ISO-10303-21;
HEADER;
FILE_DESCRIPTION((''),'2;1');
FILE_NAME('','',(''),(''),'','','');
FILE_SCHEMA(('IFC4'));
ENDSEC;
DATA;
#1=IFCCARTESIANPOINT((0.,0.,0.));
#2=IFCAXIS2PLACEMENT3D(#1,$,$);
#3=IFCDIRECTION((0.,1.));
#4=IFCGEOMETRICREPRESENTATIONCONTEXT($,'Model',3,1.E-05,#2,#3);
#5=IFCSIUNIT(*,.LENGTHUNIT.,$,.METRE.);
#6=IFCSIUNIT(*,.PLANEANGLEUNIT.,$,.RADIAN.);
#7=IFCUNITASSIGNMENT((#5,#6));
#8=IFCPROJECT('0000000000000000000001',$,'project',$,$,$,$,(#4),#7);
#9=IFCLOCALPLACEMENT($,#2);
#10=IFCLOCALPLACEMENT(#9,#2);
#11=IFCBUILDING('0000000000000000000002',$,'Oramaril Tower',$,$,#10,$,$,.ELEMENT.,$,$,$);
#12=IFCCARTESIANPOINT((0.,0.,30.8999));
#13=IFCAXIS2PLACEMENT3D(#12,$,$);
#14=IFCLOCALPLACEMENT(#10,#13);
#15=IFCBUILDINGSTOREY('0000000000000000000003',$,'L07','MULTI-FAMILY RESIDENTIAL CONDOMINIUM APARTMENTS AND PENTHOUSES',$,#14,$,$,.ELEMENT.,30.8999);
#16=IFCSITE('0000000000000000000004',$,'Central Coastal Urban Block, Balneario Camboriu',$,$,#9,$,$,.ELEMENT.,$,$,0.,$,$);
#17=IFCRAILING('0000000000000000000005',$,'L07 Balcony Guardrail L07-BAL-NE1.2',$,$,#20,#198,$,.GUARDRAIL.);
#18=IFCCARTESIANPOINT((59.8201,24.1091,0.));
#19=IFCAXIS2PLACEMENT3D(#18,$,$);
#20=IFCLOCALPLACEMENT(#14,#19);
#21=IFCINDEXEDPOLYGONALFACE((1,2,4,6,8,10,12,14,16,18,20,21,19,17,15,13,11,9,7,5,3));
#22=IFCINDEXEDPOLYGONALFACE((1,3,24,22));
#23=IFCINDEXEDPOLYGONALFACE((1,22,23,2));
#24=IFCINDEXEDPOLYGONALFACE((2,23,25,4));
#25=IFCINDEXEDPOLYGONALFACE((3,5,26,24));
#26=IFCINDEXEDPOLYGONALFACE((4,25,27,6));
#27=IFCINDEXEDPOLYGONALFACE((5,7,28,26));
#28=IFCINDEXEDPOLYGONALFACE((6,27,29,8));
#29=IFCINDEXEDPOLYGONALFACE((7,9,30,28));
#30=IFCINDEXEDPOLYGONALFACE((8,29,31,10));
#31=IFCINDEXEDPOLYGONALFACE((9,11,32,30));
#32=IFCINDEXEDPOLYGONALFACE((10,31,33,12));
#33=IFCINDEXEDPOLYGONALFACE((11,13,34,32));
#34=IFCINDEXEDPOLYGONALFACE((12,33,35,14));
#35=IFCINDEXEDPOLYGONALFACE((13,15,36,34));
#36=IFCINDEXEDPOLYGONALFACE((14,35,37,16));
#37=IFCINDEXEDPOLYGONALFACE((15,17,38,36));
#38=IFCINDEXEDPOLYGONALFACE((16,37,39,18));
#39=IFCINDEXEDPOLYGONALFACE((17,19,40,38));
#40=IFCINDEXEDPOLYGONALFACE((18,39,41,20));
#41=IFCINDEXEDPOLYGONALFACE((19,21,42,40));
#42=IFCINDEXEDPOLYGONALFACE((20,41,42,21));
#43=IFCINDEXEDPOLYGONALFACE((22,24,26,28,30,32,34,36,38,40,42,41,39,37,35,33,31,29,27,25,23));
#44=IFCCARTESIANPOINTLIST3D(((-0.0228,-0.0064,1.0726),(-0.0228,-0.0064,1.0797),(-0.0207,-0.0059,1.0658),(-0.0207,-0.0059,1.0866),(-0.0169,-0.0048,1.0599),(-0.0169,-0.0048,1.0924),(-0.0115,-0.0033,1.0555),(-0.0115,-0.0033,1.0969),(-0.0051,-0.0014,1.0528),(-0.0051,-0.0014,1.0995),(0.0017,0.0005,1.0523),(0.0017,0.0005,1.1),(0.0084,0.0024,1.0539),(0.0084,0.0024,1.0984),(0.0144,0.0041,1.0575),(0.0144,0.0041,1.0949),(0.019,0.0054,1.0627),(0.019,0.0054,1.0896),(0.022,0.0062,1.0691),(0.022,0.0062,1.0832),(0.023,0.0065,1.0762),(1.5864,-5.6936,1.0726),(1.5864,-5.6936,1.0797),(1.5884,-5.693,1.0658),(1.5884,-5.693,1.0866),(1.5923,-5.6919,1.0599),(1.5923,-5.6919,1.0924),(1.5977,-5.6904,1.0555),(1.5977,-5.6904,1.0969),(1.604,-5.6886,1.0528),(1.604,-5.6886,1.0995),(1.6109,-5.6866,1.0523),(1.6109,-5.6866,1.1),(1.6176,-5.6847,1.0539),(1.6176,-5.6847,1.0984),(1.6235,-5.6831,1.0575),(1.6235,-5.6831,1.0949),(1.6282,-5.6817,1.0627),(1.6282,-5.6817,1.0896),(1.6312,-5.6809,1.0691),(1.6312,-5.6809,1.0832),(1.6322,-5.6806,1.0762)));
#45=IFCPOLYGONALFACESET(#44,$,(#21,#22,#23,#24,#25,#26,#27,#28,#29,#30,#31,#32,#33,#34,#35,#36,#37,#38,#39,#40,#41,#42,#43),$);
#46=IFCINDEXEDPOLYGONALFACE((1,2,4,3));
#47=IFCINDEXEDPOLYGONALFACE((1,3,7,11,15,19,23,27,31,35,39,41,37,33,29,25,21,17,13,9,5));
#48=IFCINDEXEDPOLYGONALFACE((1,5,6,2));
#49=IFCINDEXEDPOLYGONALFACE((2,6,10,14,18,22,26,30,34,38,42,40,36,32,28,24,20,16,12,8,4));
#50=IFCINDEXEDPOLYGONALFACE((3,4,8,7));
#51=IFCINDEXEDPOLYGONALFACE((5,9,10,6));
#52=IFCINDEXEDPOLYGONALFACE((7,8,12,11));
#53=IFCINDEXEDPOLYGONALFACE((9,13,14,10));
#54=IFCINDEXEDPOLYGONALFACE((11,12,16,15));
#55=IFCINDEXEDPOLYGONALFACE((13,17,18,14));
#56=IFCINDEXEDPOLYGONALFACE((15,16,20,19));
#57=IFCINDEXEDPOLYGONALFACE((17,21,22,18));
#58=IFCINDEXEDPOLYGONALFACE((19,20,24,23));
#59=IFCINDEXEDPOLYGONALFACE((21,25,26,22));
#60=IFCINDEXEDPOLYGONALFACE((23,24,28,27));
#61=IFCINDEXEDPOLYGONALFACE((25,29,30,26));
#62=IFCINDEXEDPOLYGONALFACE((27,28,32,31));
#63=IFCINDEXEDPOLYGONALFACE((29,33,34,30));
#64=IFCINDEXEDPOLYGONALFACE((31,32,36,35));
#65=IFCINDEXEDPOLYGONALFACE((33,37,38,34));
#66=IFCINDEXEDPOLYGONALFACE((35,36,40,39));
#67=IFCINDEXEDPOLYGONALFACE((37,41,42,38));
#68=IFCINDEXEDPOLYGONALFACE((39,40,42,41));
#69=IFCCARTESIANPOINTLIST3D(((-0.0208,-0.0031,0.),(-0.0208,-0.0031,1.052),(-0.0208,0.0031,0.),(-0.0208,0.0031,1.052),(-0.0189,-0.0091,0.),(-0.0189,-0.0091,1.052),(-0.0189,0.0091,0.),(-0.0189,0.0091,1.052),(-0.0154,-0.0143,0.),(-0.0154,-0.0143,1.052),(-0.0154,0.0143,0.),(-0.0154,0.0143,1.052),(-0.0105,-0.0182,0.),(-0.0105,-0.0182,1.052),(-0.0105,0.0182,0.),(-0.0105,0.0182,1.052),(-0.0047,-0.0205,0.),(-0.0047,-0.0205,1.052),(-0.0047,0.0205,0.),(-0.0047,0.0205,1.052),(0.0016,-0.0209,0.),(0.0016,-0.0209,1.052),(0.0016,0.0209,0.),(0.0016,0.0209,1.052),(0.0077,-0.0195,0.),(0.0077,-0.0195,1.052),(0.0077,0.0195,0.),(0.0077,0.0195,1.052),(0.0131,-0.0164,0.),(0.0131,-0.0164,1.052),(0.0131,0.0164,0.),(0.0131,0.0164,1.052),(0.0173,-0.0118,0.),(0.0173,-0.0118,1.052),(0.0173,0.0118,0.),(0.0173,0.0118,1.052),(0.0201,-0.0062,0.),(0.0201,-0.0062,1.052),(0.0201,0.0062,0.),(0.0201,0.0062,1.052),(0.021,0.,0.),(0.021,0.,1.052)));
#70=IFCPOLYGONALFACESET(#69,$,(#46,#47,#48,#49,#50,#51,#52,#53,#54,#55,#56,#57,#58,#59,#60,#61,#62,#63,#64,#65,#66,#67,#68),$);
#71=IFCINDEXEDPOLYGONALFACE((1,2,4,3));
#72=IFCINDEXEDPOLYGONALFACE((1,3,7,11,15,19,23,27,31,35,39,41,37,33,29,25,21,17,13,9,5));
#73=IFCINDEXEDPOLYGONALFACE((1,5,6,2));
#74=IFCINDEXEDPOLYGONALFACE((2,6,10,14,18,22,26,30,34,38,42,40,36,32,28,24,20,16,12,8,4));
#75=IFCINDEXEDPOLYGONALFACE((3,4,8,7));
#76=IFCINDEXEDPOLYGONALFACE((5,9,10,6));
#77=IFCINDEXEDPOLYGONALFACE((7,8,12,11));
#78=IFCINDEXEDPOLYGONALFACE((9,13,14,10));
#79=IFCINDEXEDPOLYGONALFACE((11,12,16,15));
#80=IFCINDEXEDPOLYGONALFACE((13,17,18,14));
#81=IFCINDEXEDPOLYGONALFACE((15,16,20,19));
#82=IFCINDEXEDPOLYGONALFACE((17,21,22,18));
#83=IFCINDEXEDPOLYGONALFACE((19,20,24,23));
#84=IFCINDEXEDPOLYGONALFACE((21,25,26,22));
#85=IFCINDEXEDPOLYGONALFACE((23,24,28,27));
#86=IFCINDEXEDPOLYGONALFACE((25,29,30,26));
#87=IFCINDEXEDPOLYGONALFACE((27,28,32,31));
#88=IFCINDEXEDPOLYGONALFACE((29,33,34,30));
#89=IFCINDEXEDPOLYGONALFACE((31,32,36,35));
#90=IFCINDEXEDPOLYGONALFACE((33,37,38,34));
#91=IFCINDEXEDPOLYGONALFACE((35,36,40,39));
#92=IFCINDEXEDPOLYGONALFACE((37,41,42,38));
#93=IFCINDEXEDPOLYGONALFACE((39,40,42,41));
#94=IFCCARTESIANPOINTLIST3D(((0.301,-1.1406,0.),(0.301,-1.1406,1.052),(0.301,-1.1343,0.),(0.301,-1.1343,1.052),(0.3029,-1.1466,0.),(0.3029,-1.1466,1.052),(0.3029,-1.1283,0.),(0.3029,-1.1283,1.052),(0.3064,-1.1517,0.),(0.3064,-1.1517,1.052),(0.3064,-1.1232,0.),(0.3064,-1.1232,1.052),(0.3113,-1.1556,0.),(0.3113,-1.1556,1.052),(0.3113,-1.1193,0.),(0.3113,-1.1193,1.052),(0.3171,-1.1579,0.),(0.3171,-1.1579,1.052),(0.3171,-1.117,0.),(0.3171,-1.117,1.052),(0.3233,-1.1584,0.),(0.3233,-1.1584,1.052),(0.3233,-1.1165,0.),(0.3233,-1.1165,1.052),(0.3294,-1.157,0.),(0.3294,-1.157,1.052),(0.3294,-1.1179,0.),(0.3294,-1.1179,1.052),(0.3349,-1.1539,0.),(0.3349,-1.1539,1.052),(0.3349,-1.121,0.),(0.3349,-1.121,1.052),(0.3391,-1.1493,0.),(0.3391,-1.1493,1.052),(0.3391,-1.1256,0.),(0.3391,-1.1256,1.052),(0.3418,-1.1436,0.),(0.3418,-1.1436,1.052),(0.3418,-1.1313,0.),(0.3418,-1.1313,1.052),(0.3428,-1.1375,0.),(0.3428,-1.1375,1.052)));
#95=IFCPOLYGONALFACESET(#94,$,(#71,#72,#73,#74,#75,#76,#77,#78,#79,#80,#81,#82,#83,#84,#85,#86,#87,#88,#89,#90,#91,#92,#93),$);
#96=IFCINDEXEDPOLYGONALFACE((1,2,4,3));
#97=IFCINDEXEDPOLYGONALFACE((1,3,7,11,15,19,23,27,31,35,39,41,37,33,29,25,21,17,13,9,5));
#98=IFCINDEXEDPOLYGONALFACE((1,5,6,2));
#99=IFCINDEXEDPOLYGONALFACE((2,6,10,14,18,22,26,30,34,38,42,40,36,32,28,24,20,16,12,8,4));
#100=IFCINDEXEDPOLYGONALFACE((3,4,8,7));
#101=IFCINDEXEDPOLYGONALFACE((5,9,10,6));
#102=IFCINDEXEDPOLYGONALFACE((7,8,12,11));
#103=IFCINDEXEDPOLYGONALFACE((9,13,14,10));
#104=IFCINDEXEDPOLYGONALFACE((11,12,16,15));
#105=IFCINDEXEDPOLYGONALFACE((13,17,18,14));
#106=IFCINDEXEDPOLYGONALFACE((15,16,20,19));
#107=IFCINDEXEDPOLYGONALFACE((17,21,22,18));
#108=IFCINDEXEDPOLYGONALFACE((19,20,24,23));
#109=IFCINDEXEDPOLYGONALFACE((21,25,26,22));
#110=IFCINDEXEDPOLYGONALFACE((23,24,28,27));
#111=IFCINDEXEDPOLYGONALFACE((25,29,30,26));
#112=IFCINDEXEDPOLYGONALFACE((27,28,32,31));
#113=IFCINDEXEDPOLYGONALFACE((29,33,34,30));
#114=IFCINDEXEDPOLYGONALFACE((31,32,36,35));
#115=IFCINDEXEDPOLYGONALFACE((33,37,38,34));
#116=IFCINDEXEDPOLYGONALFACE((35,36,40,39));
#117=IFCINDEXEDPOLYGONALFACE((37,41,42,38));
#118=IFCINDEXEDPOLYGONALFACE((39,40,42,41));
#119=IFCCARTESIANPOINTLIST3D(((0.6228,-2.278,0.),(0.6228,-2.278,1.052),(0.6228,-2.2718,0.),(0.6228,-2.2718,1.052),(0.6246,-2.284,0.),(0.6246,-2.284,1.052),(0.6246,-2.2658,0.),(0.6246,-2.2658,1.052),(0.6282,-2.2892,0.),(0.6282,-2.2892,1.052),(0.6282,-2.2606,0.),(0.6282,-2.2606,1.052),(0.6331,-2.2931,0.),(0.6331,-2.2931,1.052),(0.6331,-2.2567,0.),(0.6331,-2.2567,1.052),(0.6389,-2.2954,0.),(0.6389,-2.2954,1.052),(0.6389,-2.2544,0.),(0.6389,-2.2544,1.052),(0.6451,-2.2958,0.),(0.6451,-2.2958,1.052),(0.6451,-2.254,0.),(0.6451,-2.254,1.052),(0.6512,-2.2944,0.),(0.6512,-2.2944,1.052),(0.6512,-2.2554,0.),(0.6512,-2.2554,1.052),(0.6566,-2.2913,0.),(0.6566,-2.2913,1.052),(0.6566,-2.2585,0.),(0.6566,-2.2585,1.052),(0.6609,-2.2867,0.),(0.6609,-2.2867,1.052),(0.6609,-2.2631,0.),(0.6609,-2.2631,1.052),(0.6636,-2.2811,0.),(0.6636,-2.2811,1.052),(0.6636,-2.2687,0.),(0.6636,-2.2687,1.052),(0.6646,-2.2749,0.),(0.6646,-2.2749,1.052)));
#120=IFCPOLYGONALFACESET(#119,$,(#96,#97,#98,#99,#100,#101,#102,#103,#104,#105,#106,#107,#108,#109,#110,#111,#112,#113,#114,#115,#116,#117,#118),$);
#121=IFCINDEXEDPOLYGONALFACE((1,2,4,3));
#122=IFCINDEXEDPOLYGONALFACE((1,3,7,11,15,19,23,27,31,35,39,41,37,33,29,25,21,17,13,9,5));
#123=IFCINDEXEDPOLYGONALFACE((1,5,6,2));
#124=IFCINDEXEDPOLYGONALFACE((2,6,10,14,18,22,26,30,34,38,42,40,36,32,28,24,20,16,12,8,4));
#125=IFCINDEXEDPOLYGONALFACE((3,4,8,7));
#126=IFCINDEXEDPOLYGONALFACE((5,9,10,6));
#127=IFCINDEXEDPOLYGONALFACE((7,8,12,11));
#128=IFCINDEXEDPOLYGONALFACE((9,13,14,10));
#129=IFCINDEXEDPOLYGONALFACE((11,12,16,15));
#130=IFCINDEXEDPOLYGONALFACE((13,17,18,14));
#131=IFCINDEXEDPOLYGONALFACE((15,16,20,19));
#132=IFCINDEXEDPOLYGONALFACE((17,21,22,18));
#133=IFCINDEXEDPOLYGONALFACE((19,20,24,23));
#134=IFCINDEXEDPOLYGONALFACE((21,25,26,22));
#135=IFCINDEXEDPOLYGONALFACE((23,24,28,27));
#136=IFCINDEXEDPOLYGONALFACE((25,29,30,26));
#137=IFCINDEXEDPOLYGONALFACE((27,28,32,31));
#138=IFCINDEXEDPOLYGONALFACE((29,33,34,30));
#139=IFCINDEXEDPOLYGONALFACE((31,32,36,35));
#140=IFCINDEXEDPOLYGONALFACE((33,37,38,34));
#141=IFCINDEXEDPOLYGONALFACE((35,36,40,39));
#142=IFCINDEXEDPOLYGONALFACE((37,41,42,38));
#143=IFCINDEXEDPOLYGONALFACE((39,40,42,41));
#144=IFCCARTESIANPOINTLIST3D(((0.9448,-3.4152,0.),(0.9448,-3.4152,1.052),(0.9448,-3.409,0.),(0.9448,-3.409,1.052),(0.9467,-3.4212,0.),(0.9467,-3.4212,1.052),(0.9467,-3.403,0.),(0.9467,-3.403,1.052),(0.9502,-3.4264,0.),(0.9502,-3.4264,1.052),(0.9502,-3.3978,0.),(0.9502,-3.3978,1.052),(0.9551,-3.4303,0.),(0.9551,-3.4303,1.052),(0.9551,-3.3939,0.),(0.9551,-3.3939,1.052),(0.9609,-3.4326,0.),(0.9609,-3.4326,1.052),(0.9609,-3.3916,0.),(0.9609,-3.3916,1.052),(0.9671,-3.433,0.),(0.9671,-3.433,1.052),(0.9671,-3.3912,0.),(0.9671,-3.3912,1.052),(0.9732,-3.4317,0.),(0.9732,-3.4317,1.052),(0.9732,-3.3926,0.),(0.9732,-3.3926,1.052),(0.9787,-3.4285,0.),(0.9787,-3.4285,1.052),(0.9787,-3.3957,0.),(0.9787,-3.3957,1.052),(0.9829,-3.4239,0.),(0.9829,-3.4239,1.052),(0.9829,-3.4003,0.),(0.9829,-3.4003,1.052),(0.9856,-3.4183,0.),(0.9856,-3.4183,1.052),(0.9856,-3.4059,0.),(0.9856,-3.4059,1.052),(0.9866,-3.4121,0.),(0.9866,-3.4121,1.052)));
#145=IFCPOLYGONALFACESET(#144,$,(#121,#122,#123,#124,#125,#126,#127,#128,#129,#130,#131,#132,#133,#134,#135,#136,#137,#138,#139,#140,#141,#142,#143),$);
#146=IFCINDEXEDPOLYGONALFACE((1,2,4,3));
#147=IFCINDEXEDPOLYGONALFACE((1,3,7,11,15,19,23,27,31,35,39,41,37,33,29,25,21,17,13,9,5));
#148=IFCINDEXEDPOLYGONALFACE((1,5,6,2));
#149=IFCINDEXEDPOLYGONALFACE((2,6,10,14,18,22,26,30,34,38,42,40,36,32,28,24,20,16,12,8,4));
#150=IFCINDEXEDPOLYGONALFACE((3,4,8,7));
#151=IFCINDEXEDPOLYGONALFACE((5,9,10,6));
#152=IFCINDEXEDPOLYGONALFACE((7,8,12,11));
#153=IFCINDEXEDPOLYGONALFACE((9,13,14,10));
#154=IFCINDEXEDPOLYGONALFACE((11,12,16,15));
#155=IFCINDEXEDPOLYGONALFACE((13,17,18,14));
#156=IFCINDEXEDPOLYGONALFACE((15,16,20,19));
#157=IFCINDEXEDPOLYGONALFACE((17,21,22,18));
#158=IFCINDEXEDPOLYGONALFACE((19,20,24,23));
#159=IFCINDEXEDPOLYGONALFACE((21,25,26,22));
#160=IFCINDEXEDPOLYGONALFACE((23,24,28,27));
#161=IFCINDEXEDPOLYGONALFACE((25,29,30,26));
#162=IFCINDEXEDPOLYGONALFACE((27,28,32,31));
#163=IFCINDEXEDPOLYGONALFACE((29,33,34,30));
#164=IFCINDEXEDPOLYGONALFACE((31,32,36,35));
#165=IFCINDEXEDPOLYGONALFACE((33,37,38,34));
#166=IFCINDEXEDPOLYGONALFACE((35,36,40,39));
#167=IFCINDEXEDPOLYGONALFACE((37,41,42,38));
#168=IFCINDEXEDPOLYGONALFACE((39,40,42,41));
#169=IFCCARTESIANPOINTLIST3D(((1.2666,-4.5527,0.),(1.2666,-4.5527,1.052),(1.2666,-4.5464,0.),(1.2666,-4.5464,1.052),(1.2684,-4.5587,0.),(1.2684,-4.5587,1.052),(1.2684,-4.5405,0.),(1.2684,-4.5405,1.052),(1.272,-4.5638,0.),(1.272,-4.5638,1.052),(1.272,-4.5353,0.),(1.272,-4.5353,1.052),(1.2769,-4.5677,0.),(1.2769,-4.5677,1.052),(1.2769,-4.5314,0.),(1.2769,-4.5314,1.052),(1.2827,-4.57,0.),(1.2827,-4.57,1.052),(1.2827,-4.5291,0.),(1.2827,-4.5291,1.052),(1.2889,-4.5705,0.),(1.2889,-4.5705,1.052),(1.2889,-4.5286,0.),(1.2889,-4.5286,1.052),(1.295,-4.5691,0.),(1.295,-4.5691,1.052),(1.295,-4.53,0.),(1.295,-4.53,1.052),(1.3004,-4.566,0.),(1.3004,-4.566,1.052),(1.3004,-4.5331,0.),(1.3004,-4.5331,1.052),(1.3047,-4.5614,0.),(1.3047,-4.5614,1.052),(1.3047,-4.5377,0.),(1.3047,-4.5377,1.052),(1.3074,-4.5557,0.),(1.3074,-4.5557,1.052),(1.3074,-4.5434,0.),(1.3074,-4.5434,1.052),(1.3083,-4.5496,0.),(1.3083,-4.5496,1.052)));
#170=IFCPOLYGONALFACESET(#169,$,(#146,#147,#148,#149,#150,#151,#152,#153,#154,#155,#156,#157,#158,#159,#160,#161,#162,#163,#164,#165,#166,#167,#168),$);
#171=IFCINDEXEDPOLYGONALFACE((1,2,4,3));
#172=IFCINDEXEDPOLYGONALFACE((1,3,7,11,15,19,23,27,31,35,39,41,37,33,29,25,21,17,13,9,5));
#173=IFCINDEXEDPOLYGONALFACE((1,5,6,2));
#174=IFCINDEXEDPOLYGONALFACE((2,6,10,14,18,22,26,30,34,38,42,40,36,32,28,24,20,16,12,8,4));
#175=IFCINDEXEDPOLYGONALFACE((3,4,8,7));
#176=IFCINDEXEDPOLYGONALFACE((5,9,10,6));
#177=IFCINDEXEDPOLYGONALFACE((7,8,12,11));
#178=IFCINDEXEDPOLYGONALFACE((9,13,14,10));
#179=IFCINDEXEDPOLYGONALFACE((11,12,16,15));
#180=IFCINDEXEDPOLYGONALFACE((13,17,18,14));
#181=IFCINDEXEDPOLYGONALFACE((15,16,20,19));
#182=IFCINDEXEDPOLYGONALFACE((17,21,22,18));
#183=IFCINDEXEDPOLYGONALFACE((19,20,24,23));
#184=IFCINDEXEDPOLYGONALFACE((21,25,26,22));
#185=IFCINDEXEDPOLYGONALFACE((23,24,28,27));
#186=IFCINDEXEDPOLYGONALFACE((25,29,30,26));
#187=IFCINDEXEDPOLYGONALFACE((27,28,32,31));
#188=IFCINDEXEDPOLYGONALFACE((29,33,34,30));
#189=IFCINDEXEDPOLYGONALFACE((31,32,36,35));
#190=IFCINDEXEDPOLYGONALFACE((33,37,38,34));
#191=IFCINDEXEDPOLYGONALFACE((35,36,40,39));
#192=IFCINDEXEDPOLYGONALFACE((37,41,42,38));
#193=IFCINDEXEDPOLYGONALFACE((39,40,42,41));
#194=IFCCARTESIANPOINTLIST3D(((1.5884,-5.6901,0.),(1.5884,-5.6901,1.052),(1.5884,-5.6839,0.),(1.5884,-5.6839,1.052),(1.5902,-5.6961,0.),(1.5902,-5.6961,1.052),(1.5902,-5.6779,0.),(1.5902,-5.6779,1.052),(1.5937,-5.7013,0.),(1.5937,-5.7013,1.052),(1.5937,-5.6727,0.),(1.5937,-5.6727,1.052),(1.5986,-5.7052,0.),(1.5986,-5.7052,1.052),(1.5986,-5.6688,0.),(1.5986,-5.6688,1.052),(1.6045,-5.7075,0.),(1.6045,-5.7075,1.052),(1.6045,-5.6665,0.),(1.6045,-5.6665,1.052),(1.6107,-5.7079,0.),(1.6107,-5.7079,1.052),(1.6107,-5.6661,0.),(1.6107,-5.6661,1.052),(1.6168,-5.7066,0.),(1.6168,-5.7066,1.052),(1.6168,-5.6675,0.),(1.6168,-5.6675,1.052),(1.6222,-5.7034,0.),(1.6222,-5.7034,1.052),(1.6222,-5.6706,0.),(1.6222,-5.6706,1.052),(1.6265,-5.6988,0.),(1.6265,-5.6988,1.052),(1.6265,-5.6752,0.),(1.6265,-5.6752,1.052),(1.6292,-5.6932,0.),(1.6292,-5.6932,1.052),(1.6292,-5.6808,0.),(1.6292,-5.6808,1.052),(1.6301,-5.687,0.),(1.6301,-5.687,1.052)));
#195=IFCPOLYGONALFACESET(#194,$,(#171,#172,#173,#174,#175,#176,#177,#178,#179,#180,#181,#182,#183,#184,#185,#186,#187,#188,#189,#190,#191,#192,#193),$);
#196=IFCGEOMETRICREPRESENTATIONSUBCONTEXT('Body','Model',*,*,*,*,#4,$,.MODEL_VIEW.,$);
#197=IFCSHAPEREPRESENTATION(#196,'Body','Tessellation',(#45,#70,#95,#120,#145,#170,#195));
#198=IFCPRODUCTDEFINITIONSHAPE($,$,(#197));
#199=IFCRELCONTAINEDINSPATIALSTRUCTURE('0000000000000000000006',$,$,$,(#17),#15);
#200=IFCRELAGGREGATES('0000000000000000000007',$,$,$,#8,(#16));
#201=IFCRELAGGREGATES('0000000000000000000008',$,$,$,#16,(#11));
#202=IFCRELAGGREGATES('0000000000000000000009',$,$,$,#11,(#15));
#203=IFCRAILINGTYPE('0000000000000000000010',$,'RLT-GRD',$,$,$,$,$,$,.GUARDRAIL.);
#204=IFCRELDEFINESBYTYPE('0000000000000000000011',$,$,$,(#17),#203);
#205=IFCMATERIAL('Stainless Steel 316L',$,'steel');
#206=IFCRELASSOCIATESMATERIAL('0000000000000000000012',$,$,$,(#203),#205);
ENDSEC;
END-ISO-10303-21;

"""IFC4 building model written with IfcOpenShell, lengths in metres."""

from ifc_helpers import new_model, si_unit, direction, frame, origin, origin_2d, place, context, subcontext, project, spatial, circle, extrude, material, type_object, element, save


model = new_model("IFC4")

# Units and contexts
model_context = context("Model", 3, precision=1e-05, world=origin(), true_north=direction((0.0, 1.0)))
body_context = subcontext(model_context, "Body", "Model", "MODEL_VIEW")
ifc_project = project(units=[si_unit("LENGTHUNIT", "METRE"), si_unit("PLANEANGLEUNIT", "RADIAN")], contexts=[model_context])

# Site, building, storey
site_placement = place(None, origin())
site = spatial("IfcSite", under=ifc_project, at=site_placement, Name="Central Coastal Urban Block, Balneario Camboriu", CompositionType="ELEMENT", RefElevation=0.0)
building_placement = place(site_placement, origin())
building = spatial("IfcBuilding", under=site, at=building_placement, Name="Oramaril Tower", CompositionType="ELEMENT")
storey_placement = place(building_placement, frame((0.0, 0.0, 30.8999)))
storey = spatial("IfcBuildingStorey", under=building, at=storey_placement, Name="L07", Description="MULTI-FAMILY RESIDENTIAL CONDOMINIUM APARTMENTS AND PENTHOUSES", CompositionType="ELEMENT", Elevation=30.8999)

# Railing
ifc_material_1 = material(Name="Stainless Steel 316L", Category="steel")
railing_type = type_object("IfcRailingType", Name="RLT-GRD", PredefinedType="GUARDRAIL", material=ifc_material_1)
railing_1_placement = place(storey_placement, frame((59.8201, 24.1091, 0.0)))
element("IfcRailing", 1, at=railing_1_placement, inside=storey, type_object=railing_type, Name="L07 Balcony Guardrail L07-BAL-NE1.2", PredefinedType="GUARDRAIL", context=body_context, shape_type="SweptSolid", body=[
    extrude(circle(Radius=0.0239, at=origin_2d()), frame((0.0, 0.0, 1.0762), z_axis=(0.27226, -0.962224, 0.0), x_axis=(0.962224, 0.27226, 0.0)), (0.0, 0.0, 1.0), 5.9104),
    extrude(circle(Radius=0.021, at=origin_2d()), origin(), (0.0, 0.0, 1.0), 1.052),
    extrude(circle(Radius=0.021, at=origin_2d()), frame((0.3218, -1.1375, 0.0)), (0.0, 0.0, 1.0), 1.052),
    extrude(circle(Radius=0.021, at=origin_2d()), frame((0.6436, -2.2749, 0.0)), (0.0, 0.0, 1.0), 1.052),
    extrude(circle(Radius=0.021, at=origin_2d()), frame((0.9656, -3.4121, 0.0)), (0.0, 0.0, 1.0), 1.052),
    extrude(circle(Radius=0.021, at=origin_2d()), frame((1.2874, -4.5496, 0.0)), (0.0, 0.0, 1.0), 1.052),
    extrude(circle(Radius=0.021, at=origin_2d()), frame((1.6091, -5.687, 0.0)), (0.0, 0.0, 1.0), 1.052),
])

save(model, "model.ifc")
